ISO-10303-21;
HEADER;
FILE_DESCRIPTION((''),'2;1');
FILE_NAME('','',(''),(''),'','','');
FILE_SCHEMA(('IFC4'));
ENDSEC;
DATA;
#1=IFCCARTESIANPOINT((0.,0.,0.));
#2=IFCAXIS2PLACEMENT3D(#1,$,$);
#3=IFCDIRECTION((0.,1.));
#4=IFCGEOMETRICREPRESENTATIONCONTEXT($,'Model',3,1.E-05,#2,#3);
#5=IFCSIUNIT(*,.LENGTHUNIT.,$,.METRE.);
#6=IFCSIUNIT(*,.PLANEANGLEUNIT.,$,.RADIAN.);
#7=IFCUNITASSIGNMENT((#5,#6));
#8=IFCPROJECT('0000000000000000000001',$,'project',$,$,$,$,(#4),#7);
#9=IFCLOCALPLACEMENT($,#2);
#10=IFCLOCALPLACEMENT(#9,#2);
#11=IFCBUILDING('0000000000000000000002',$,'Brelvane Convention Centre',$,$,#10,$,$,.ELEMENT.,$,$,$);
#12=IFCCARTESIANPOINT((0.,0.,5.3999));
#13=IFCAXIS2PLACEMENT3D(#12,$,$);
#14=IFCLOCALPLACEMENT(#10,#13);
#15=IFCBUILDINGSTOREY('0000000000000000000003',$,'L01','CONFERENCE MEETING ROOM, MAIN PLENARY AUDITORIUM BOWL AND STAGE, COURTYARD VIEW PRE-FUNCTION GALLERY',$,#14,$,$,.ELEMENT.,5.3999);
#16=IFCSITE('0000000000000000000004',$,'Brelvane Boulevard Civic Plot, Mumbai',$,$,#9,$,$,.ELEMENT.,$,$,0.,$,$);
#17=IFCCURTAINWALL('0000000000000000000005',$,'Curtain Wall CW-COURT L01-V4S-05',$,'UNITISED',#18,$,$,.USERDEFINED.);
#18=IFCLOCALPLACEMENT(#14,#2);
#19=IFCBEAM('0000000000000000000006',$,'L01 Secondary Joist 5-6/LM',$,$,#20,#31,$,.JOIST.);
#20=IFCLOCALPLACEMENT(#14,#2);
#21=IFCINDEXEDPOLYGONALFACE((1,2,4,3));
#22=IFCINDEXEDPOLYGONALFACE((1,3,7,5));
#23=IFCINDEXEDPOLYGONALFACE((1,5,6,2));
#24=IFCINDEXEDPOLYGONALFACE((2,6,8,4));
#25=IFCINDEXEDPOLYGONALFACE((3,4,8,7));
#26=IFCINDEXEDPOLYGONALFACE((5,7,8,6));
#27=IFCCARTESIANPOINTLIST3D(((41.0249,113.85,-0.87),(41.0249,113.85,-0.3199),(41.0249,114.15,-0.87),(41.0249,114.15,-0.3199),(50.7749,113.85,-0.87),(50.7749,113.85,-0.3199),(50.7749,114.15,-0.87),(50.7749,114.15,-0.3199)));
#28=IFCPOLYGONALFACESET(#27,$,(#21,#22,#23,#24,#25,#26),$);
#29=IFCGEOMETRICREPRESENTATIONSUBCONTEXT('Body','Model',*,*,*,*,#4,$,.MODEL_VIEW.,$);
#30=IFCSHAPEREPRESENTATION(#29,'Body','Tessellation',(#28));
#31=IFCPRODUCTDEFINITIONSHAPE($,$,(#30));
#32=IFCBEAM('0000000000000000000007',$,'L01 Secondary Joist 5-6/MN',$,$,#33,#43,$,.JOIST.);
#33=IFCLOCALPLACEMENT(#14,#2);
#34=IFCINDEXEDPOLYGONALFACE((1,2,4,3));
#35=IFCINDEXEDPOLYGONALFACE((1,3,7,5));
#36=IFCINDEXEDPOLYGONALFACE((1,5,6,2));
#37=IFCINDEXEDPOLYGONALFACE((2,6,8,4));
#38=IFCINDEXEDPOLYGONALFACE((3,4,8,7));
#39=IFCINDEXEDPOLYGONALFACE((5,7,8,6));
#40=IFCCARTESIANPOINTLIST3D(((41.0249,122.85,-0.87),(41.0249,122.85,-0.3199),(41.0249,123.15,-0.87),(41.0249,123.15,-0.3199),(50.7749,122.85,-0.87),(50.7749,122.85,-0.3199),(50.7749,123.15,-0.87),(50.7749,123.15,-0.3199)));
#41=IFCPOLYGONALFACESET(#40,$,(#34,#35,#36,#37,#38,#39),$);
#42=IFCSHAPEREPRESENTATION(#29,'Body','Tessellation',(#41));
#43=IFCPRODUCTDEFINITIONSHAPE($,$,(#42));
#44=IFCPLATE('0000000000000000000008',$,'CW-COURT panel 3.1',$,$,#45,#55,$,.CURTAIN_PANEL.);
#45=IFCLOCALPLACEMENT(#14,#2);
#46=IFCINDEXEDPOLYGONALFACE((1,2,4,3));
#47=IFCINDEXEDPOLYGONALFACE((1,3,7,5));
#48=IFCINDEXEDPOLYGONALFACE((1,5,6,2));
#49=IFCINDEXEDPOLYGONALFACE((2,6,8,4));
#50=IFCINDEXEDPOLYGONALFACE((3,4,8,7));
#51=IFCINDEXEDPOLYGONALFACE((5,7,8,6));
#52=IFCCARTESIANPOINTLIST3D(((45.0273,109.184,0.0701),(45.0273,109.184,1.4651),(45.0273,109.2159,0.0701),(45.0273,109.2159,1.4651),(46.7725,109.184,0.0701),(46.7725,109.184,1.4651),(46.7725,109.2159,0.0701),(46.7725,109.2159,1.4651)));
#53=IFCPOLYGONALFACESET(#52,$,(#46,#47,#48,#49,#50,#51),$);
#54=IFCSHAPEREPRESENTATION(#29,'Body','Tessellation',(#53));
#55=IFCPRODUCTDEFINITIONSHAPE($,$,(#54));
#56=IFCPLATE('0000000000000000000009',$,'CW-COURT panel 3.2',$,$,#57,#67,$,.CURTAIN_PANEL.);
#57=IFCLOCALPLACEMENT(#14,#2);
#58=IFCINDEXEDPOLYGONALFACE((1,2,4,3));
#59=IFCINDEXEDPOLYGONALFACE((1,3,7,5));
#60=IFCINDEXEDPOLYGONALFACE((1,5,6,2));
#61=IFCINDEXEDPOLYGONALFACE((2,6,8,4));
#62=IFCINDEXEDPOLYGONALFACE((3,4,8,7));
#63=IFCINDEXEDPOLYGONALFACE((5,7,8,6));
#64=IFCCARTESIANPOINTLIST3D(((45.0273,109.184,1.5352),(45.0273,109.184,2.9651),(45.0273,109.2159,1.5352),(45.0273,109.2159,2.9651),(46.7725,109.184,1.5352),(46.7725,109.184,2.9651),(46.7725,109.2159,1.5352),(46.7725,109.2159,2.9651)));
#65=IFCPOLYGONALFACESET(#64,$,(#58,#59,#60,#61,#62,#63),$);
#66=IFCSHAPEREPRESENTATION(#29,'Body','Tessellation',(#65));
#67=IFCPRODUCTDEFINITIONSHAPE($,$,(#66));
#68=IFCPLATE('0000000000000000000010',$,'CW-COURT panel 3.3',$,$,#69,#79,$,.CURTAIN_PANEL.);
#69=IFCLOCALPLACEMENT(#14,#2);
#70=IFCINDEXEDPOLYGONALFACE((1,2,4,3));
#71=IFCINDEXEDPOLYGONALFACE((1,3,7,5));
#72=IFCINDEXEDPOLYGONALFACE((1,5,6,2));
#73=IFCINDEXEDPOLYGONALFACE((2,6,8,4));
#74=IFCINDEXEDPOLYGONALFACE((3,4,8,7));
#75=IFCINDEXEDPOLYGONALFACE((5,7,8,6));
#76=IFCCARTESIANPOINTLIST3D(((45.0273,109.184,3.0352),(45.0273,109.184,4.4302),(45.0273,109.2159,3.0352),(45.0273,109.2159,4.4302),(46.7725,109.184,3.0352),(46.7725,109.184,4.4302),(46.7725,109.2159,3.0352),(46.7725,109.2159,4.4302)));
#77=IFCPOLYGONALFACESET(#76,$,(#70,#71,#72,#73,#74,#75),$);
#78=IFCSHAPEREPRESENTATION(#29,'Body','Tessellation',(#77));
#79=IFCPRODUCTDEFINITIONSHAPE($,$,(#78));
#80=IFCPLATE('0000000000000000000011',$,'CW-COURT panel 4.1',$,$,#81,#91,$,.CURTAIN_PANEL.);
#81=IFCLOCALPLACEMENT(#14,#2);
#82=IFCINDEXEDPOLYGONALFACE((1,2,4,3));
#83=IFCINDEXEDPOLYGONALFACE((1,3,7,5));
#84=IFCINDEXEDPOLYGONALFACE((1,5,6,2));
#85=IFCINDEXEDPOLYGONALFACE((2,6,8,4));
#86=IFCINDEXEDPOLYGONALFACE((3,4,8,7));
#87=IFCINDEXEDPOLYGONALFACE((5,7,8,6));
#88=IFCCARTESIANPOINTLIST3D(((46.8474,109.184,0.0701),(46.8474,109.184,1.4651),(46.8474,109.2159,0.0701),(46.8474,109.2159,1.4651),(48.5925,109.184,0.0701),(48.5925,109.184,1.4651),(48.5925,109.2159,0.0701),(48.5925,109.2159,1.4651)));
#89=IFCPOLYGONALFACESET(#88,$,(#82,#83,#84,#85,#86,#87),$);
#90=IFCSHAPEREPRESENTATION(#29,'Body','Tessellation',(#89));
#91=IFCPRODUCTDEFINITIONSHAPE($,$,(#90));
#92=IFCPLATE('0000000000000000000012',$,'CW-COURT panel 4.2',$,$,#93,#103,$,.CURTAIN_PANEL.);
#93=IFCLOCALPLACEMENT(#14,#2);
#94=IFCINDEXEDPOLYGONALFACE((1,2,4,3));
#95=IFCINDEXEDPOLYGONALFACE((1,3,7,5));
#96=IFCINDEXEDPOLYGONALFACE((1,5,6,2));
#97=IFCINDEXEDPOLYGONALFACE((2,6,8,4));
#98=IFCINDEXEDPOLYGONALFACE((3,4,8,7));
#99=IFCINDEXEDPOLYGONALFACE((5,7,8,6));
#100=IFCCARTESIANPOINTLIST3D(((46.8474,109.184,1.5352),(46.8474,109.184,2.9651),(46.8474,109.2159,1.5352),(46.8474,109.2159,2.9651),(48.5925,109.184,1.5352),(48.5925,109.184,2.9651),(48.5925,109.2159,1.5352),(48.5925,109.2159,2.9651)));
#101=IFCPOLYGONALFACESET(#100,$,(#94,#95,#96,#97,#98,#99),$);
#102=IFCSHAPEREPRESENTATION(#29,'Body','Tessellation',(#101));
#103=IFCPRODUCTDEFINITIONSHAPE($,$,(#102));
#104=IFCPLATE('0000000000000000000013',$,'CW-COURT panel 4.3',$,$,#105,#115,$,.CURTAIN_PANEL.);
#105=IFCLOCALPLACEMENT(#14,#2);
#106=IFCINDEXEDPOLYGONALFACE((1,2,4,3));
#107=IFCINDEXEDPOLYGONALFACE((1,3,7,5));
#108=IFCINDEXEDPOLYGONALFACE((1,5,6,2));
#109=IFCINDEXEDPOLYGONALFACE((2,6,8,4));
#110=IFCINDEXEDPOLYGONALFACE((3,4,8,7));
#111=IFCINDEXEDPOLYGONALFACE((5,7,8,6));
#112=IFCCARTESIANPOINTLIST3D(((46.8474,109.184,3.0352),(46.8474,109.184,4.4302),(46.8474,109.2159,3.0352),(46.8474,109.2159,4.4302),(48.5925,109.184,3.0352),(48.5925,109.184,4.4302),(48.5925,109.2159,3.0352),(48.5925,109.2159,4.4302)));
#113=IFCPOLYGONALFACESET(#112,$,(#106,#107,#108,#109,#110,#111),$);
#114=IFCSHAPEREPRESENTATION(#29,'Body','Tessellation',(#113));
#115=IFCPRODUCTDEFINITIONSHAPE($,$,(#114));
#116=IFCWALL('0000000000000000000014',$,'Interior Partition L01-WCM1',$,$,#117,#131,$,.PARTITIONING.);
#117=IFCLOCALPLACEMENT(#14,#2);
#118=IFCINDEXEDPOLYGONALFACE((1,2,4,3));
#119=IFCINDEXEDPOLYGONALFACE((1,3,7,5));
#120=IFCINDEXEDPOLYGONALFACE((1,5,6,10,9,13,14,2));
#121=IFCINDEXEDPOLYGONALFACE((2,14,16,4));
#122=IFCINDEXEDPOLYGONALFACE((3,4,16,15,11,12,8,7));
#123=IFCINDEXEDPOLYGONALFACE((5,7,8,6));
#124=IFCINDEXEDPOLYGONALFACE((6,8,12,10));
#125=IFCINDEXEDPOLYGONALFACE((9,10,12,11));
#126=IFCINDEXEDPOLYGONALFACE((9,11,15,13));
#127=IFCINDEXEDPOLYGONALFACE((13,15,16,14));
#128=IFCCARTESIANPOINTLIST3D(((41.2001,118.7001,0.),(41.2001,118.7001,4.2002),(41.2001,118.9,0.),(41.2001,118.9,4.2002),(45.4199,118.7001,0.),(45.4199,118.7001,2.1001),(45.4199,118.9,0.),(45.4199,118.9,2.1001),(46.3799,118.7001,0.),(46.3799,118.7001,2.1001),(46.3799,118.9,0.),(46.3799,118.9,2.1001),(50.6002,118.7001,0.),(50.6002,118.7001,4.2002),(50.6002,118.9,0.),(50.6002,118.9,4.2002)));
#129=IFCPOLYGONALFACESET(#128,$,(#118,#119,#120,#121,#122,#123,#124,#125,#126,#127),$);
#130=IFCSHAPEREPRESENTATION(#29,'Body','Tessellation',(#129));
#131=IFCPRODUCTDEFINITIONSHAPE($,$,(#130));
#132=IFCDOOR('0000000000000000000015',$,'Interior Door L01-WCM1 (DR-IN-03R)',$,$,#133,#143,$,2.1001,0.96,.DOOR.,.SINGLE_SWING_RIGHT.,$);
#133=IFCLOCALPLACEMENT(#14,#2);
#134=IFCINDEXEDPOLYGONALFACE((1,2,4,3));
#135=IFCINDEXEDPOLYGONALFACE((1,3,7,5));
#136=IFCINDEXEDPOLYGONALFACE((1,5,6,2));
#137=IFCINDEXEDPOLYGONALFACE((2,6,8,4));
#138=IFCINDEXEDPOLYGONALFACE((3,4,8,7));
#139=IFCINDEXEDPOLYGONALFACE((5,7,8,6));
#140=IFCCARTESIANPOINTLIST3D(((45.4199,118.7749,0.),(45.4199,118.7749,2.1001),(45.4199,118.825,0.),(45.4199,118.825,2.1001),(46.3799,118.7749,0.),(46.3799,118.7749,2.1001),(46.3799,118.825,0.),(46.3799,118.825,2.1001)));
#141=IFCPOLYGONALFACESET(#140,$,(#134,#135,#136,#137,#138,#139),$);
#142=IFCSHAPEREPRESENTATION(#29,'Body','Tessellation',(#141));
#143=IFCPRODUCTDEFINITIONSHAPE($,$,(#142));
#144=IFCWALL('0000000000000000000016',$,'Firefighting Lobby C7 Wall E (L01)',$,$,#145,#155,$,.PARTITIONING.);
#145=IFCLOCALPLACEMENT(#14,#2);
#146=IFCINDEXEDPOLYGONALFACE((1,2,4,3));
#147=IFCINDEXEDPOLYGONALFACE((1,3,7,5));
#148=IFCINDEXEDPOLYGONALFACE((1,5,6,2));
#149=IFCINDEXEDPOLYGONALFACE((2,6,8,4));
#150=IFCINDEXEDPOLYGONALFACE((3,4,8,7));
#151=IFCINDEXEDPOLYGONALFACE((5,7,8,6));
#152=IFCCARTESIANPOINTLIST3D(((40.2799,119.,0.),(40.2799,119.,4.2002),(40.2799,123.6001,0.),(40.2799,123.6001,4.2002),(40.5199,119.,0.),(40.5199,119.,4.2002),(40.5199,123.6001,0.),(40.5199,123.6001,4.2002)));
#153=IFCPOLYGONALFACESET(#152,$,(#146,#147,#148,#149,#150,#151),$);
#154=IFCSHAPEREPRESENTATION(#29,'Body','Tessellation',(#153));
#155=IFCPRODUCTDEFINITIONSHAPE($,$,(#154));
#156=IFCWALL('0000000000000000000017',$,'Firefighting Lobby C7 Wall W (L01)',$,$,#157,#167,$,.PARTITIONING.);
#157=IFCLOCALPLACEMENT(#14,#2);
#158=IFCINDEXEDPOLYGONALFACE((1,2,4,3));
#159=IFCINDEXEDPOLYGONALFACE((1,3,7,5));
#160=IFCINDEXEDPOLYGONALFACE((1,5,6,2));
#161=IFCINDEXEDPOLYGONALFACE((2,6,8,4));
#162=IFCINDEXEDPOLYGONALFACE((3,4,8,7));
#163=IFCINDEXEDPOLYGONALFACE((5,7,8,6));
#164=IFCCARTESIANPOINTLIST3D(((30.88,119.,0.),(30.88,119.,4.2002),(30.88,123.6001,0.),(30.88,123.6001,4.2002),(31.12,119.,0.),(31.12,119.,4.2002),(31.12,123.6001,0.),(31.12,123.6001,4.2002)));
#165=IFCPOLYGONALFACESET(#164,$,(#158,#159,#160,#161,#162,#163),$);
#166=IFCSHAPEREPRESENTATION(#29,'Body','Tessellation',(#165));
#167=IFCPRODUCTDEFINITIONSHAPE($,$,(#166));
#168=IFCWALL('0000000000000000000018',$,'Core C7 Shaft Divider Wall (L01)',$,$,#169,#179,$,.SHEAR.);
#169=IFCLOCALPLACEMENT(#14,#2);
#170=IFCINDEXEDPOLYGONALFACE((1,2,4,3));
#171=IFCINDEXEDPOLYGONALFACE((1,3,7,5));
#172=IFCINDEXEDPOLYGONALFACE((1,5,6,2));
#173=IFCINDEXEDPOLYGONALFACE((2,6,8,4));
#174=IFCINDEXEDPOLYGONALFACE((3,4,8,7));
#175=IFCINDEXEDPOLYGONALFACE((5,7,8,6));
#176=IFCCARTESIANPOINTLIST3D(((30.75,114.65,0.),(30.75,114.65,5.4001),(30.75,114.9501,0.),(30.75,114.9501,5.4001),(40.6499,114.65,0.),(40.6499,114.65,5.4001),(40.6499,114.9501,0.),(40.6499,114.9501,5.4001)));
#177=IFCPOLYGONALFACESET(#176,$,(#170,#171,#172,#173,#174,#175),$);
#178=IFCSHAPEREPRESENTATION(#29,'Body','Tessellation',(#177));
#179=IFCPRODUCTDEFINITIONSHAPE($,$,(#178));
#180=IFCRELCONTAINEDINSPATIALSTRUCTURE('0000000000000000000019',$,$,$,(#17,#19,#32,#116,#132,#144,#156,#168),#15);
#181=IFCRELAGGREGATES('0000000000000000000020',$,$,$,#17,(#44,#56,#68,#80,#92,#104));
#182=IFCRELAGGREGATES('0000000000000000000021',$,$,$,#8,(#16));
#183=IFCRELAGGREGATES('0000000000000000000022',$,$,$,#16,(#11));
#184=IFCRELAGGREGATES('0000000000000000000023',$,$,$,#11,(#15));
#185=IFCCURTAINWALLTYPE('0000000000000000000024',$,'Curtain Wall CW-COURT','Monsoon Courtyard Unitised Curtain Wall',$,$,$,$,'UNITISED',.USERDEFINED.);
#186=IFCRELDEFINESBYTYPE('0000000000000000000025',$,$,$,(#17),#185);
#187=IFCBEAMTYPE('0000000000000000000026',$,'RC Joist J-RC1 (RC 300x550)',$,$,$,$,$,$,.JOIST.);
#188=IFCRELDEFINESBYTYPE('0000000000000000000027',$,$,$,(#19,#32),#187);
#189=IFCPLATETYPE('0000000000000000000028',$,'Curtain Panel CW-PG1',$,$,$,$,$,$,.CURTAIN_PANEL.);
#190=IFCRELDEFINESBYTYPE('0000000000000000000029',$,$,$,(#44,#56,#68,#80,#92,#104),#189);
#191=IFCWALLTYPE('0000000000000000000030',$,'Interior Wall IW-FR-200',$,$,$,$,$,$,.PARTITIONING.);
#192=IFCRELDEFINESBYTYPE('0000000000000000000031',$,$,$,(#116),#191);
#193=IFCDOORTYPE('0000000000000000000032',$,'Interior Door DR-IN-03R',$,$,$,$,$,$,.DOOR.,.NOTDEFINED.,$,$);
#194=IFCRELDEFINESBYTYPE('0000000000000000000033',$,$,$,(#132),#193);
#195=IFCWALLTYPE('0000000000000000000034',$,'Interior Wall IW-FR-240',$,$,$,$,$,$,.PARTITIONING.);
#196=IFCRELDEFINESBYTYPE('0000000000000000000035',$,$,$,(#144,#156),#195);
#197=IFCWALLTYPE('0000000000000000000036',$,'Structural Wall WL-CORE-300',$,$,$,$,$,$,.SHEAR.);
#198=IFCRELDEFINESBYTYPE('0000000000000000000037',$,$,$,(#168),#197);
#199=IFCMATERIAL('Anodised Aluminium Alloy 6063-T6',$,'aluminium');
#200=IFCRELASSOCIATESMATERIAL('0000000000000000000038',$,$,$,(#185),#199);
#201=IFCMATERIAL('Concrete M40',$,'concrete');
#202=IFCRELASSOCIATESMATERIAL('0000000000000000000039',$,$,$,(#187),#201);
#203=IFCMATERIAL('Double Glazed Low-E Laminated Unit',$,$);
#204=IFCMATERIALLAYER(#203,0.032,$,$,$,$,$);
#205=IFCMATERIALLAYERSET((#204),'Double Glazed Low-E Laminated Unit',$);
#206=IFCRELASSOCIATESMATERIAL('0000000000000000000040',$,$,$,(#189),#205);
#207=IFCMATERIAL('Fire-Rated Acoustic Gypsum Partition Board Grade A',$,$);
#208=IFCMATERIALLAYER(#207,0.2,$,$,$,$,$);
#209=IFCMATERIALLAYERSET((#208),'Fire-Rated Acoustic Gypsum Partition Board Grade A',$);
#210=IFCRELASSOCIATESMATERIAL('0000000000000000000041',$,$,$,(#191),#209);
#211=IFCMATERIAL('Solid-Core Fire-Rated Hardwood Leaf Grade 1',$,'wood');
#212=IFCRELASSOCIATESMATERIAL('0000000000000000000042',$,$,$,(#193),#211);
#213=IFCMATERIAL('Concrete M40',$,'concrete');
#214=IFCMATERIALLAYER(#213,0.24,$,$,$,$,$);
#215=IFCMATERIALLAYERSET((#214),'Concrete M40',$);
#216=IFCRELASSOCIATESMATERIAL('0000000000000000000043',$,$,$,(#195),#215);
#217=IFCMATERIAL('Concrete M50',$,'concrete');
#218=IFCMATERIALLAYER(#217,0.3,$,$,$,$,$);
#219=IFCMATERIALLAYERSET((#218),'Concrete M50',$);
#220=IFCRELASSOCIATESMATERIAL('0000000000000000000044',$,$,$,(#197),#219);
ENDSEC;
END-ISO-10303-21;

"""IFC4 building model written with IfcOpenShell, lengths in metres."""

from ifc_helpers import new_model, si_unit, direction, frame, frame_2d, origin, origin_2d, place, context, subcontext, project, spatial, rectangle, extrude, material, layer, layer_set, material_profile, profile_set, type_object, element, fill, aggregate, save


model = new_model("IFC4")

# Units and contexts
model_context = context("Model", 3, precision=1e-05, world=origin(), true_north=direction((0.0, 1.0)))
body_context = subcontext(model_context, "Body", "Model", "MODEL_VIEW")
ifc_project = project(units=[si_unit("LENGTHUNIT", "METRE"), si_unit("PLANEANGLEUNIT", "RADIAN")], contexts=[model_context])

# Site, building, storey
site_placement = place(None, origin())
site = spatial("IfcSite", under=ifc_project, at=site_placement, Name="Brelvane Boulevard Civic Plot, Mumbai", CompositionType="ELEMENT", RefElevation=0.0)
building_placement = place(site_placement, origin())
building = spatial("IfcBuilding", under=site, at=building_placement, Name="Brelvane Convention Centre", CompositionType="ELEMENT")
storey_placement = place(building_placement, frame((0.0, 0.0, 5.3999)))
storey = spatial("IfcBuildingStorey", under=building, at=storey_placement, Name="L01", Description="CONFERENCE MEETING ROOM, MAIN PLENARY AUDITORIUM BOWL AND STAGE, COURTYARD VIEW PRE-FUNCTION GALLERY", CompositionType="ELEMENT", Elevation=5.3999)

# Curtain wall
ifc_material_1 = material(Name="Anodised Aluminium Alloy 6063-T6", Category="aluminium")
curtain_wall_type = type_object("IfcCurtainWallType", Name="Curtain Wall CW-COURT", Description="Monsoon Courtyard Unitised Curtain Wall", ElementType="UNITISED", PredefinedType="USERDEFINED", material=ifc_material_1)
curtain_wall_placement = place(storey_placement, origin())
curtain_wall = element("IfcCurtainWall", 1, at=curtain_wall_placement, inside=storey, type_object=curtain_wall_type, Name="Curtain Wall CW-COURT L01-V4S-05", ObjectType="UNITISED", PredefinedType="USERDEFINED")

# Beams
ifc_material_2 = material(Name="Concrete M40", Category="concrete")
ifc_material_profile_1 = material_profile(ifc_material_2, rectangle(XDim=0.3, YDim=0.55, at=origin_2d()), Name="RC 300x550")
ifc_profile_set_1 = profile_set([ifc_material_profile_1], Name="Concrete M40")
beam_type_1 = type_object("IfcBeamType", Name="RC Joist J-RC1 (RC 300x550)", PredefinedType="JOIST", material=ifc_profile_set_1)
for number, where, z_axis, x_axis, name in (
    (2, (41.0249, 114.0, -0.595), (1.0, 0.0, 0.0), (0.0, 1.0, 0.0), "L01 Secondary Joist 5-6/LM"),
    (3, (41.0249, 123.0, -0.595), (1.0, 0.0, 0.0), (0.0, 1.0, 0.0), "L01 Secondary Joist 5-6/MN"),
):
    element("IfcBeam", number, at=place(storey_placement, frame(where, z_axis=z_axis, x_axis=x_axis)), inside=storey, type_object=beam_type_1, Name=name, PredefinedType="JOIST", context=body_context, shape_type="SweptSolid", body=[
        extrude(rectangle(XDim=0.3, YDim=0.55, at=origin_2d()), origin(), (0.0, 0.0, 1.0), 9.75),
    ])

# Plates
ifc_material_3 = material(Name="Double Glazed Low-E Laminated Unit")
ifc_layer_1 = layer(ifc_material_3, 0.032)
ifc_layer_set_1 = layer_set([ifc_layer_1], Name="Double Glazed Low-E Laminated Unit")
plate_type = type_object("IfcPlateType", Name="Curtain Panel CW-PG1", PredefinedType="CURTAIN_PANEL", material=ifc_layer_set_1)
plate_1_placement = place(storey_placement, frame((45.8999, 109.2, 0.0701), z_axis=(0.0, 0.0, 1.0), x_axis=(1.0, 0.0, 0.0)))
plate_1 = element("IfcPlate", 4, at=plate_1_placement, type_object=plate_type, Name="CW-COURT panel 3.1", PredefinedType="CURTAIN_PANEL", context=body_context, shape_type="SweptSolid", body=[
    extrude(rectangle(XDim=1.7451, YDim=0.032, at=origin_2d()), origin(), (0.0, 0.0, 1.0), 1.395),
])
plate_2_placement = place(storey_placement, frame((45.8999, 109.2, 1.5352), z_axis=(0.0, 0.0, 1.0), x_axis=(1.0, 0.0, 0.0)))
plate_2 = element("IfcPlate", 5, at=plate_2_placement, type_object=plate_type, Name="CW-COURT panel 3.2", PredefinedType="CURTAIN_PANEL", context=body_context, shape_type="SweptSolid", body=[
    extrude(rectangle(XDim=1.7451, YDim=0.032, at=origin_2d()), origin(), (0.0, 0.0, 1.0), 1.4299),
])
plate_3_placement = place(storey_placement, frame((45.8999, 109.2, 3.0352), z_axis=(0.0, 0.0, 1.0), x_axis=(1.0, 0.0, 0.0)))
plate_3 = element("IfcPlate", 6, at=plate_3_placement, type_object=plate_type, Name="CW-COURT panel 3.3", PredefinedType="CURTAIN_PANEL", context=body_context, shape_type="SweptSolid", body=[
    extrude(rectangle(XDim=1.7451, YDim=0.032, at=origin_2d()), origin(), (0.0, 0.0, 1.0), 1.395),
])
plate_4_placement = place(storey_placement, frame((47.72, 109.2, 0.0701), z_axis=(0.0, 0.0, 1.0), x_axis=(1.0, 0.0, 0.0)))
plate_4 = element("IfcPlate", 7, at=plate_4_placement, type_object=plate_type, Name="CW-COURT panel 4.1", PredefinedType="CURTAIN_PANEL", context=body_context, shape_type="SweptSolid", body=[
    extrude(rectangle(XDim=1.7451, YDim=0.032, at=origin_2d()), origin(), (0.0, 0.0, 1.0), 1.395),
])
plate_5_placement = place(storey_placement, frame((47.72, 109.2, 1.5352), z_axis=(0.0, 0.0, 1.0), x_axis=(1.0, 0.0, 0.0)))
plate_5 = element("IfcPlate", 8, at=plate_5_placement, type_object=plate_type, Name="CW-COURT panel 4.2", PredefinedType="CURTAIN_PANEL", context=body_context, shape_type="SweptSolid", body=[
    extrude(rectangle(XDim=1.7451, YDim=0.032, at=origin_2d()), origin(), (0.0, 0.0, 1.0), 1.4299),
])
plate_6_placement = place(storey_placement, frame((47.72, 109.2, 3.0352), z_axis=(0.0, 0.0, 1.0), x_axis=(1.0, 0.0, 0.0)))
plate_6 = element("IfcPlate", 9, at=plate_6_placement, type_object=plate_type, Name="CW-COURT panel 4.3", PredefinedType="CURTAIN_PANEL", context=body_context, shape_type="SweptSolid", body=[
    extrude(rectangle(XDim=1.7451, YDim=0.032, at=origin_2d()), origin(), (0.0, 0.0, 1.0), 1.395),
])
aggregate(curtain_wall, [plate_1, plate_2, plate_3, plate_4, plate_5, plate_6])

# Wall, opening, door
ifc_material_4 = material(Name="Fire-Rated Acoustic Gypsum Partition Board Grade A")
ifc_layer_2 = layer(ifc_material_4, 0.2)
ifc_layer_set_2 = layer_set([ifc_layer_2], Name="Fire-Rated Acoustic Gypsum Partition Board Grade A")
wall_type_1 = type_object("IfcWallType", Name="Interior Wall IW-FR-200", PredefinedType="PARTITIONING", material=ifc_layer_set_2)
wall_1_placement = place(storey_placement, frame((41.2, 118.8, 0.0), z_axis=(0.0, 0.0, 1.0), x_axis=(1.0, 0.0, 0.0)))
wall_1 = element("IfcWall", 10, at=wall_1_placement, inside=storey, type_object=wall_type_1, Name="Interior Partition L01-WCM1", PredefinedType="PARTITIONING", context=body_context, shape_type="SweptSolid", body=[
    extrude(rectangle(XDim=9.4001, YDim=0.2, at=frame_2d((4.7002, 0.0))), origin(), (0.0, 0.0, 1.0), 4.2002),
])
opening_placement = place(wall_1_placement, frame((4.22, 0.0, 0.0)))
opening = element("IfcOpeningElement", 11, at=opening_placement, cuts=wall_1, PredefinedType="OPENING", context=body_context, shape_type="SweptSolid", body=[
    extrude(rectangle(XDim=0.96, YDim=2.1001, at=frame_2d((0.48, 1.05))), frame((0.0, 0.1099, 0.0), z_axis=(0.0, -1.0, 0.0), x_axis=(1.0, 0.0, 0.0)), (0.0, 0.0, 1.0), 0.22),
])
ifc_material_5 = material(Name="Solid-Core Fire-Rated Hardwood Leaf Grade 1", Category="wood")
door_type = type_object("IfcDoorType", Name="Interior Door DR-IN-03R", OperationType="NOTDEFINED", PredefinedType="DOOR", material=ifc_material_5)
door_placement = place(opening_placement, origin())
door = element("IfcDoor", 12, at=door_placement, inside=storey, type_object=door_type, Name="Interior Door L01-WCM1 (DR-IN-03R)", OperationType="SINGLE_SWING_RIGHT", OverallHeight=2.1001, OverallWidth=0.96, PredefinedType="DOOR", context=body_context, shape_type="SweptSolid", body=[
    extrude(rectangle(XDim=0.96, YDim=2.1001, at=frame_2d((0.48, 1.05))), frame((0.0, 0.0249, 0.0), z_axis=(0.0, -1.0, 0.0), x_axis=(1.0, 0.0, 0.0)), (0.0, 0.0, 1.0), 0.05),
])
fill(opening, door)

# Walls
ifc_material_6 = material(Name="Concrete M40", Category="concrete")
ifc_layer_3 = layer(ifc_material_6, 0.24)
ifc_layer_set_3 = layer_set([ifc_layer_3], Name="Concrete M40")
wall_type_2 = type_object("IfcWallType", Name="Interior Wall IW-FR-240", PredefinedType="PARTITIONING", material=ifc_layer_set_3)
for number, where, z_axis, x_axis, name in (
    (13, (40.3999, 119.0, 0.0), (0.0, 0.0, 1.0), (0.0, 1.0, 0.0), "Firefighting Lobby C7 Wall E (L01)"),
    (14, (31.0, 119.0, 0.0), (0.0, 0.0, 1.0), (0.0, 1.0, 0.0), "Firefighting Lobby C7 Wall W (L01)"),
):
    element("IfcWall", number, at=place(storey_placement, frame(where, z_axis=z_axis, x_axis=x_axis)), inside=storey, type_object=wall_type_2, Name=name, PredefinedType="PARTITIONING", context=body_context, shape_type="SweptSolid", body=[
        extrude(rectangle(XDim=4.6001, YDim=0.24, at=frame_2d((2.3, 0.0))), origin(), (0.0, 0.0, 1.0), 4.2002),
    ])
ifc_material_7 = material(Name="Concrete M50", Category="concrete")
ifc_layer_4 = layer(ifc_material_7, 0.3)
ifc_layer_set_4 = layer_set([ifc_layer_4], Name="Concrete M50")
wall_type_3 = type_object("IfcWallType", Name="Structural Wall WL-CORE-300", PredefinedType="SHEAR", material=ifc_layer_set_4)
wall_2_placement = place(storey_placement, frame((30.75, 114.8, 0.0), z_axis=(0.0, 0.0, 1.0), x_axis=(1.0, 0.0, 0.0)))
element("IfcWall", 15, at=wall_2_placement, inside=storey, type_object=wall_type_3, Name="Core C7 Shaft Divider Wall (L01)", PredefinedType="SHEAR", context=body_context, shape_type="SweptSolid", body=[
    extrude(rectangle(XDim=9.8999, YDim=0.3, at=frame_2d((4.95, 0.0))), origin(), (0.0, 0.0, 1.0), 5.4001),
])

save(model, "model.ifc")
